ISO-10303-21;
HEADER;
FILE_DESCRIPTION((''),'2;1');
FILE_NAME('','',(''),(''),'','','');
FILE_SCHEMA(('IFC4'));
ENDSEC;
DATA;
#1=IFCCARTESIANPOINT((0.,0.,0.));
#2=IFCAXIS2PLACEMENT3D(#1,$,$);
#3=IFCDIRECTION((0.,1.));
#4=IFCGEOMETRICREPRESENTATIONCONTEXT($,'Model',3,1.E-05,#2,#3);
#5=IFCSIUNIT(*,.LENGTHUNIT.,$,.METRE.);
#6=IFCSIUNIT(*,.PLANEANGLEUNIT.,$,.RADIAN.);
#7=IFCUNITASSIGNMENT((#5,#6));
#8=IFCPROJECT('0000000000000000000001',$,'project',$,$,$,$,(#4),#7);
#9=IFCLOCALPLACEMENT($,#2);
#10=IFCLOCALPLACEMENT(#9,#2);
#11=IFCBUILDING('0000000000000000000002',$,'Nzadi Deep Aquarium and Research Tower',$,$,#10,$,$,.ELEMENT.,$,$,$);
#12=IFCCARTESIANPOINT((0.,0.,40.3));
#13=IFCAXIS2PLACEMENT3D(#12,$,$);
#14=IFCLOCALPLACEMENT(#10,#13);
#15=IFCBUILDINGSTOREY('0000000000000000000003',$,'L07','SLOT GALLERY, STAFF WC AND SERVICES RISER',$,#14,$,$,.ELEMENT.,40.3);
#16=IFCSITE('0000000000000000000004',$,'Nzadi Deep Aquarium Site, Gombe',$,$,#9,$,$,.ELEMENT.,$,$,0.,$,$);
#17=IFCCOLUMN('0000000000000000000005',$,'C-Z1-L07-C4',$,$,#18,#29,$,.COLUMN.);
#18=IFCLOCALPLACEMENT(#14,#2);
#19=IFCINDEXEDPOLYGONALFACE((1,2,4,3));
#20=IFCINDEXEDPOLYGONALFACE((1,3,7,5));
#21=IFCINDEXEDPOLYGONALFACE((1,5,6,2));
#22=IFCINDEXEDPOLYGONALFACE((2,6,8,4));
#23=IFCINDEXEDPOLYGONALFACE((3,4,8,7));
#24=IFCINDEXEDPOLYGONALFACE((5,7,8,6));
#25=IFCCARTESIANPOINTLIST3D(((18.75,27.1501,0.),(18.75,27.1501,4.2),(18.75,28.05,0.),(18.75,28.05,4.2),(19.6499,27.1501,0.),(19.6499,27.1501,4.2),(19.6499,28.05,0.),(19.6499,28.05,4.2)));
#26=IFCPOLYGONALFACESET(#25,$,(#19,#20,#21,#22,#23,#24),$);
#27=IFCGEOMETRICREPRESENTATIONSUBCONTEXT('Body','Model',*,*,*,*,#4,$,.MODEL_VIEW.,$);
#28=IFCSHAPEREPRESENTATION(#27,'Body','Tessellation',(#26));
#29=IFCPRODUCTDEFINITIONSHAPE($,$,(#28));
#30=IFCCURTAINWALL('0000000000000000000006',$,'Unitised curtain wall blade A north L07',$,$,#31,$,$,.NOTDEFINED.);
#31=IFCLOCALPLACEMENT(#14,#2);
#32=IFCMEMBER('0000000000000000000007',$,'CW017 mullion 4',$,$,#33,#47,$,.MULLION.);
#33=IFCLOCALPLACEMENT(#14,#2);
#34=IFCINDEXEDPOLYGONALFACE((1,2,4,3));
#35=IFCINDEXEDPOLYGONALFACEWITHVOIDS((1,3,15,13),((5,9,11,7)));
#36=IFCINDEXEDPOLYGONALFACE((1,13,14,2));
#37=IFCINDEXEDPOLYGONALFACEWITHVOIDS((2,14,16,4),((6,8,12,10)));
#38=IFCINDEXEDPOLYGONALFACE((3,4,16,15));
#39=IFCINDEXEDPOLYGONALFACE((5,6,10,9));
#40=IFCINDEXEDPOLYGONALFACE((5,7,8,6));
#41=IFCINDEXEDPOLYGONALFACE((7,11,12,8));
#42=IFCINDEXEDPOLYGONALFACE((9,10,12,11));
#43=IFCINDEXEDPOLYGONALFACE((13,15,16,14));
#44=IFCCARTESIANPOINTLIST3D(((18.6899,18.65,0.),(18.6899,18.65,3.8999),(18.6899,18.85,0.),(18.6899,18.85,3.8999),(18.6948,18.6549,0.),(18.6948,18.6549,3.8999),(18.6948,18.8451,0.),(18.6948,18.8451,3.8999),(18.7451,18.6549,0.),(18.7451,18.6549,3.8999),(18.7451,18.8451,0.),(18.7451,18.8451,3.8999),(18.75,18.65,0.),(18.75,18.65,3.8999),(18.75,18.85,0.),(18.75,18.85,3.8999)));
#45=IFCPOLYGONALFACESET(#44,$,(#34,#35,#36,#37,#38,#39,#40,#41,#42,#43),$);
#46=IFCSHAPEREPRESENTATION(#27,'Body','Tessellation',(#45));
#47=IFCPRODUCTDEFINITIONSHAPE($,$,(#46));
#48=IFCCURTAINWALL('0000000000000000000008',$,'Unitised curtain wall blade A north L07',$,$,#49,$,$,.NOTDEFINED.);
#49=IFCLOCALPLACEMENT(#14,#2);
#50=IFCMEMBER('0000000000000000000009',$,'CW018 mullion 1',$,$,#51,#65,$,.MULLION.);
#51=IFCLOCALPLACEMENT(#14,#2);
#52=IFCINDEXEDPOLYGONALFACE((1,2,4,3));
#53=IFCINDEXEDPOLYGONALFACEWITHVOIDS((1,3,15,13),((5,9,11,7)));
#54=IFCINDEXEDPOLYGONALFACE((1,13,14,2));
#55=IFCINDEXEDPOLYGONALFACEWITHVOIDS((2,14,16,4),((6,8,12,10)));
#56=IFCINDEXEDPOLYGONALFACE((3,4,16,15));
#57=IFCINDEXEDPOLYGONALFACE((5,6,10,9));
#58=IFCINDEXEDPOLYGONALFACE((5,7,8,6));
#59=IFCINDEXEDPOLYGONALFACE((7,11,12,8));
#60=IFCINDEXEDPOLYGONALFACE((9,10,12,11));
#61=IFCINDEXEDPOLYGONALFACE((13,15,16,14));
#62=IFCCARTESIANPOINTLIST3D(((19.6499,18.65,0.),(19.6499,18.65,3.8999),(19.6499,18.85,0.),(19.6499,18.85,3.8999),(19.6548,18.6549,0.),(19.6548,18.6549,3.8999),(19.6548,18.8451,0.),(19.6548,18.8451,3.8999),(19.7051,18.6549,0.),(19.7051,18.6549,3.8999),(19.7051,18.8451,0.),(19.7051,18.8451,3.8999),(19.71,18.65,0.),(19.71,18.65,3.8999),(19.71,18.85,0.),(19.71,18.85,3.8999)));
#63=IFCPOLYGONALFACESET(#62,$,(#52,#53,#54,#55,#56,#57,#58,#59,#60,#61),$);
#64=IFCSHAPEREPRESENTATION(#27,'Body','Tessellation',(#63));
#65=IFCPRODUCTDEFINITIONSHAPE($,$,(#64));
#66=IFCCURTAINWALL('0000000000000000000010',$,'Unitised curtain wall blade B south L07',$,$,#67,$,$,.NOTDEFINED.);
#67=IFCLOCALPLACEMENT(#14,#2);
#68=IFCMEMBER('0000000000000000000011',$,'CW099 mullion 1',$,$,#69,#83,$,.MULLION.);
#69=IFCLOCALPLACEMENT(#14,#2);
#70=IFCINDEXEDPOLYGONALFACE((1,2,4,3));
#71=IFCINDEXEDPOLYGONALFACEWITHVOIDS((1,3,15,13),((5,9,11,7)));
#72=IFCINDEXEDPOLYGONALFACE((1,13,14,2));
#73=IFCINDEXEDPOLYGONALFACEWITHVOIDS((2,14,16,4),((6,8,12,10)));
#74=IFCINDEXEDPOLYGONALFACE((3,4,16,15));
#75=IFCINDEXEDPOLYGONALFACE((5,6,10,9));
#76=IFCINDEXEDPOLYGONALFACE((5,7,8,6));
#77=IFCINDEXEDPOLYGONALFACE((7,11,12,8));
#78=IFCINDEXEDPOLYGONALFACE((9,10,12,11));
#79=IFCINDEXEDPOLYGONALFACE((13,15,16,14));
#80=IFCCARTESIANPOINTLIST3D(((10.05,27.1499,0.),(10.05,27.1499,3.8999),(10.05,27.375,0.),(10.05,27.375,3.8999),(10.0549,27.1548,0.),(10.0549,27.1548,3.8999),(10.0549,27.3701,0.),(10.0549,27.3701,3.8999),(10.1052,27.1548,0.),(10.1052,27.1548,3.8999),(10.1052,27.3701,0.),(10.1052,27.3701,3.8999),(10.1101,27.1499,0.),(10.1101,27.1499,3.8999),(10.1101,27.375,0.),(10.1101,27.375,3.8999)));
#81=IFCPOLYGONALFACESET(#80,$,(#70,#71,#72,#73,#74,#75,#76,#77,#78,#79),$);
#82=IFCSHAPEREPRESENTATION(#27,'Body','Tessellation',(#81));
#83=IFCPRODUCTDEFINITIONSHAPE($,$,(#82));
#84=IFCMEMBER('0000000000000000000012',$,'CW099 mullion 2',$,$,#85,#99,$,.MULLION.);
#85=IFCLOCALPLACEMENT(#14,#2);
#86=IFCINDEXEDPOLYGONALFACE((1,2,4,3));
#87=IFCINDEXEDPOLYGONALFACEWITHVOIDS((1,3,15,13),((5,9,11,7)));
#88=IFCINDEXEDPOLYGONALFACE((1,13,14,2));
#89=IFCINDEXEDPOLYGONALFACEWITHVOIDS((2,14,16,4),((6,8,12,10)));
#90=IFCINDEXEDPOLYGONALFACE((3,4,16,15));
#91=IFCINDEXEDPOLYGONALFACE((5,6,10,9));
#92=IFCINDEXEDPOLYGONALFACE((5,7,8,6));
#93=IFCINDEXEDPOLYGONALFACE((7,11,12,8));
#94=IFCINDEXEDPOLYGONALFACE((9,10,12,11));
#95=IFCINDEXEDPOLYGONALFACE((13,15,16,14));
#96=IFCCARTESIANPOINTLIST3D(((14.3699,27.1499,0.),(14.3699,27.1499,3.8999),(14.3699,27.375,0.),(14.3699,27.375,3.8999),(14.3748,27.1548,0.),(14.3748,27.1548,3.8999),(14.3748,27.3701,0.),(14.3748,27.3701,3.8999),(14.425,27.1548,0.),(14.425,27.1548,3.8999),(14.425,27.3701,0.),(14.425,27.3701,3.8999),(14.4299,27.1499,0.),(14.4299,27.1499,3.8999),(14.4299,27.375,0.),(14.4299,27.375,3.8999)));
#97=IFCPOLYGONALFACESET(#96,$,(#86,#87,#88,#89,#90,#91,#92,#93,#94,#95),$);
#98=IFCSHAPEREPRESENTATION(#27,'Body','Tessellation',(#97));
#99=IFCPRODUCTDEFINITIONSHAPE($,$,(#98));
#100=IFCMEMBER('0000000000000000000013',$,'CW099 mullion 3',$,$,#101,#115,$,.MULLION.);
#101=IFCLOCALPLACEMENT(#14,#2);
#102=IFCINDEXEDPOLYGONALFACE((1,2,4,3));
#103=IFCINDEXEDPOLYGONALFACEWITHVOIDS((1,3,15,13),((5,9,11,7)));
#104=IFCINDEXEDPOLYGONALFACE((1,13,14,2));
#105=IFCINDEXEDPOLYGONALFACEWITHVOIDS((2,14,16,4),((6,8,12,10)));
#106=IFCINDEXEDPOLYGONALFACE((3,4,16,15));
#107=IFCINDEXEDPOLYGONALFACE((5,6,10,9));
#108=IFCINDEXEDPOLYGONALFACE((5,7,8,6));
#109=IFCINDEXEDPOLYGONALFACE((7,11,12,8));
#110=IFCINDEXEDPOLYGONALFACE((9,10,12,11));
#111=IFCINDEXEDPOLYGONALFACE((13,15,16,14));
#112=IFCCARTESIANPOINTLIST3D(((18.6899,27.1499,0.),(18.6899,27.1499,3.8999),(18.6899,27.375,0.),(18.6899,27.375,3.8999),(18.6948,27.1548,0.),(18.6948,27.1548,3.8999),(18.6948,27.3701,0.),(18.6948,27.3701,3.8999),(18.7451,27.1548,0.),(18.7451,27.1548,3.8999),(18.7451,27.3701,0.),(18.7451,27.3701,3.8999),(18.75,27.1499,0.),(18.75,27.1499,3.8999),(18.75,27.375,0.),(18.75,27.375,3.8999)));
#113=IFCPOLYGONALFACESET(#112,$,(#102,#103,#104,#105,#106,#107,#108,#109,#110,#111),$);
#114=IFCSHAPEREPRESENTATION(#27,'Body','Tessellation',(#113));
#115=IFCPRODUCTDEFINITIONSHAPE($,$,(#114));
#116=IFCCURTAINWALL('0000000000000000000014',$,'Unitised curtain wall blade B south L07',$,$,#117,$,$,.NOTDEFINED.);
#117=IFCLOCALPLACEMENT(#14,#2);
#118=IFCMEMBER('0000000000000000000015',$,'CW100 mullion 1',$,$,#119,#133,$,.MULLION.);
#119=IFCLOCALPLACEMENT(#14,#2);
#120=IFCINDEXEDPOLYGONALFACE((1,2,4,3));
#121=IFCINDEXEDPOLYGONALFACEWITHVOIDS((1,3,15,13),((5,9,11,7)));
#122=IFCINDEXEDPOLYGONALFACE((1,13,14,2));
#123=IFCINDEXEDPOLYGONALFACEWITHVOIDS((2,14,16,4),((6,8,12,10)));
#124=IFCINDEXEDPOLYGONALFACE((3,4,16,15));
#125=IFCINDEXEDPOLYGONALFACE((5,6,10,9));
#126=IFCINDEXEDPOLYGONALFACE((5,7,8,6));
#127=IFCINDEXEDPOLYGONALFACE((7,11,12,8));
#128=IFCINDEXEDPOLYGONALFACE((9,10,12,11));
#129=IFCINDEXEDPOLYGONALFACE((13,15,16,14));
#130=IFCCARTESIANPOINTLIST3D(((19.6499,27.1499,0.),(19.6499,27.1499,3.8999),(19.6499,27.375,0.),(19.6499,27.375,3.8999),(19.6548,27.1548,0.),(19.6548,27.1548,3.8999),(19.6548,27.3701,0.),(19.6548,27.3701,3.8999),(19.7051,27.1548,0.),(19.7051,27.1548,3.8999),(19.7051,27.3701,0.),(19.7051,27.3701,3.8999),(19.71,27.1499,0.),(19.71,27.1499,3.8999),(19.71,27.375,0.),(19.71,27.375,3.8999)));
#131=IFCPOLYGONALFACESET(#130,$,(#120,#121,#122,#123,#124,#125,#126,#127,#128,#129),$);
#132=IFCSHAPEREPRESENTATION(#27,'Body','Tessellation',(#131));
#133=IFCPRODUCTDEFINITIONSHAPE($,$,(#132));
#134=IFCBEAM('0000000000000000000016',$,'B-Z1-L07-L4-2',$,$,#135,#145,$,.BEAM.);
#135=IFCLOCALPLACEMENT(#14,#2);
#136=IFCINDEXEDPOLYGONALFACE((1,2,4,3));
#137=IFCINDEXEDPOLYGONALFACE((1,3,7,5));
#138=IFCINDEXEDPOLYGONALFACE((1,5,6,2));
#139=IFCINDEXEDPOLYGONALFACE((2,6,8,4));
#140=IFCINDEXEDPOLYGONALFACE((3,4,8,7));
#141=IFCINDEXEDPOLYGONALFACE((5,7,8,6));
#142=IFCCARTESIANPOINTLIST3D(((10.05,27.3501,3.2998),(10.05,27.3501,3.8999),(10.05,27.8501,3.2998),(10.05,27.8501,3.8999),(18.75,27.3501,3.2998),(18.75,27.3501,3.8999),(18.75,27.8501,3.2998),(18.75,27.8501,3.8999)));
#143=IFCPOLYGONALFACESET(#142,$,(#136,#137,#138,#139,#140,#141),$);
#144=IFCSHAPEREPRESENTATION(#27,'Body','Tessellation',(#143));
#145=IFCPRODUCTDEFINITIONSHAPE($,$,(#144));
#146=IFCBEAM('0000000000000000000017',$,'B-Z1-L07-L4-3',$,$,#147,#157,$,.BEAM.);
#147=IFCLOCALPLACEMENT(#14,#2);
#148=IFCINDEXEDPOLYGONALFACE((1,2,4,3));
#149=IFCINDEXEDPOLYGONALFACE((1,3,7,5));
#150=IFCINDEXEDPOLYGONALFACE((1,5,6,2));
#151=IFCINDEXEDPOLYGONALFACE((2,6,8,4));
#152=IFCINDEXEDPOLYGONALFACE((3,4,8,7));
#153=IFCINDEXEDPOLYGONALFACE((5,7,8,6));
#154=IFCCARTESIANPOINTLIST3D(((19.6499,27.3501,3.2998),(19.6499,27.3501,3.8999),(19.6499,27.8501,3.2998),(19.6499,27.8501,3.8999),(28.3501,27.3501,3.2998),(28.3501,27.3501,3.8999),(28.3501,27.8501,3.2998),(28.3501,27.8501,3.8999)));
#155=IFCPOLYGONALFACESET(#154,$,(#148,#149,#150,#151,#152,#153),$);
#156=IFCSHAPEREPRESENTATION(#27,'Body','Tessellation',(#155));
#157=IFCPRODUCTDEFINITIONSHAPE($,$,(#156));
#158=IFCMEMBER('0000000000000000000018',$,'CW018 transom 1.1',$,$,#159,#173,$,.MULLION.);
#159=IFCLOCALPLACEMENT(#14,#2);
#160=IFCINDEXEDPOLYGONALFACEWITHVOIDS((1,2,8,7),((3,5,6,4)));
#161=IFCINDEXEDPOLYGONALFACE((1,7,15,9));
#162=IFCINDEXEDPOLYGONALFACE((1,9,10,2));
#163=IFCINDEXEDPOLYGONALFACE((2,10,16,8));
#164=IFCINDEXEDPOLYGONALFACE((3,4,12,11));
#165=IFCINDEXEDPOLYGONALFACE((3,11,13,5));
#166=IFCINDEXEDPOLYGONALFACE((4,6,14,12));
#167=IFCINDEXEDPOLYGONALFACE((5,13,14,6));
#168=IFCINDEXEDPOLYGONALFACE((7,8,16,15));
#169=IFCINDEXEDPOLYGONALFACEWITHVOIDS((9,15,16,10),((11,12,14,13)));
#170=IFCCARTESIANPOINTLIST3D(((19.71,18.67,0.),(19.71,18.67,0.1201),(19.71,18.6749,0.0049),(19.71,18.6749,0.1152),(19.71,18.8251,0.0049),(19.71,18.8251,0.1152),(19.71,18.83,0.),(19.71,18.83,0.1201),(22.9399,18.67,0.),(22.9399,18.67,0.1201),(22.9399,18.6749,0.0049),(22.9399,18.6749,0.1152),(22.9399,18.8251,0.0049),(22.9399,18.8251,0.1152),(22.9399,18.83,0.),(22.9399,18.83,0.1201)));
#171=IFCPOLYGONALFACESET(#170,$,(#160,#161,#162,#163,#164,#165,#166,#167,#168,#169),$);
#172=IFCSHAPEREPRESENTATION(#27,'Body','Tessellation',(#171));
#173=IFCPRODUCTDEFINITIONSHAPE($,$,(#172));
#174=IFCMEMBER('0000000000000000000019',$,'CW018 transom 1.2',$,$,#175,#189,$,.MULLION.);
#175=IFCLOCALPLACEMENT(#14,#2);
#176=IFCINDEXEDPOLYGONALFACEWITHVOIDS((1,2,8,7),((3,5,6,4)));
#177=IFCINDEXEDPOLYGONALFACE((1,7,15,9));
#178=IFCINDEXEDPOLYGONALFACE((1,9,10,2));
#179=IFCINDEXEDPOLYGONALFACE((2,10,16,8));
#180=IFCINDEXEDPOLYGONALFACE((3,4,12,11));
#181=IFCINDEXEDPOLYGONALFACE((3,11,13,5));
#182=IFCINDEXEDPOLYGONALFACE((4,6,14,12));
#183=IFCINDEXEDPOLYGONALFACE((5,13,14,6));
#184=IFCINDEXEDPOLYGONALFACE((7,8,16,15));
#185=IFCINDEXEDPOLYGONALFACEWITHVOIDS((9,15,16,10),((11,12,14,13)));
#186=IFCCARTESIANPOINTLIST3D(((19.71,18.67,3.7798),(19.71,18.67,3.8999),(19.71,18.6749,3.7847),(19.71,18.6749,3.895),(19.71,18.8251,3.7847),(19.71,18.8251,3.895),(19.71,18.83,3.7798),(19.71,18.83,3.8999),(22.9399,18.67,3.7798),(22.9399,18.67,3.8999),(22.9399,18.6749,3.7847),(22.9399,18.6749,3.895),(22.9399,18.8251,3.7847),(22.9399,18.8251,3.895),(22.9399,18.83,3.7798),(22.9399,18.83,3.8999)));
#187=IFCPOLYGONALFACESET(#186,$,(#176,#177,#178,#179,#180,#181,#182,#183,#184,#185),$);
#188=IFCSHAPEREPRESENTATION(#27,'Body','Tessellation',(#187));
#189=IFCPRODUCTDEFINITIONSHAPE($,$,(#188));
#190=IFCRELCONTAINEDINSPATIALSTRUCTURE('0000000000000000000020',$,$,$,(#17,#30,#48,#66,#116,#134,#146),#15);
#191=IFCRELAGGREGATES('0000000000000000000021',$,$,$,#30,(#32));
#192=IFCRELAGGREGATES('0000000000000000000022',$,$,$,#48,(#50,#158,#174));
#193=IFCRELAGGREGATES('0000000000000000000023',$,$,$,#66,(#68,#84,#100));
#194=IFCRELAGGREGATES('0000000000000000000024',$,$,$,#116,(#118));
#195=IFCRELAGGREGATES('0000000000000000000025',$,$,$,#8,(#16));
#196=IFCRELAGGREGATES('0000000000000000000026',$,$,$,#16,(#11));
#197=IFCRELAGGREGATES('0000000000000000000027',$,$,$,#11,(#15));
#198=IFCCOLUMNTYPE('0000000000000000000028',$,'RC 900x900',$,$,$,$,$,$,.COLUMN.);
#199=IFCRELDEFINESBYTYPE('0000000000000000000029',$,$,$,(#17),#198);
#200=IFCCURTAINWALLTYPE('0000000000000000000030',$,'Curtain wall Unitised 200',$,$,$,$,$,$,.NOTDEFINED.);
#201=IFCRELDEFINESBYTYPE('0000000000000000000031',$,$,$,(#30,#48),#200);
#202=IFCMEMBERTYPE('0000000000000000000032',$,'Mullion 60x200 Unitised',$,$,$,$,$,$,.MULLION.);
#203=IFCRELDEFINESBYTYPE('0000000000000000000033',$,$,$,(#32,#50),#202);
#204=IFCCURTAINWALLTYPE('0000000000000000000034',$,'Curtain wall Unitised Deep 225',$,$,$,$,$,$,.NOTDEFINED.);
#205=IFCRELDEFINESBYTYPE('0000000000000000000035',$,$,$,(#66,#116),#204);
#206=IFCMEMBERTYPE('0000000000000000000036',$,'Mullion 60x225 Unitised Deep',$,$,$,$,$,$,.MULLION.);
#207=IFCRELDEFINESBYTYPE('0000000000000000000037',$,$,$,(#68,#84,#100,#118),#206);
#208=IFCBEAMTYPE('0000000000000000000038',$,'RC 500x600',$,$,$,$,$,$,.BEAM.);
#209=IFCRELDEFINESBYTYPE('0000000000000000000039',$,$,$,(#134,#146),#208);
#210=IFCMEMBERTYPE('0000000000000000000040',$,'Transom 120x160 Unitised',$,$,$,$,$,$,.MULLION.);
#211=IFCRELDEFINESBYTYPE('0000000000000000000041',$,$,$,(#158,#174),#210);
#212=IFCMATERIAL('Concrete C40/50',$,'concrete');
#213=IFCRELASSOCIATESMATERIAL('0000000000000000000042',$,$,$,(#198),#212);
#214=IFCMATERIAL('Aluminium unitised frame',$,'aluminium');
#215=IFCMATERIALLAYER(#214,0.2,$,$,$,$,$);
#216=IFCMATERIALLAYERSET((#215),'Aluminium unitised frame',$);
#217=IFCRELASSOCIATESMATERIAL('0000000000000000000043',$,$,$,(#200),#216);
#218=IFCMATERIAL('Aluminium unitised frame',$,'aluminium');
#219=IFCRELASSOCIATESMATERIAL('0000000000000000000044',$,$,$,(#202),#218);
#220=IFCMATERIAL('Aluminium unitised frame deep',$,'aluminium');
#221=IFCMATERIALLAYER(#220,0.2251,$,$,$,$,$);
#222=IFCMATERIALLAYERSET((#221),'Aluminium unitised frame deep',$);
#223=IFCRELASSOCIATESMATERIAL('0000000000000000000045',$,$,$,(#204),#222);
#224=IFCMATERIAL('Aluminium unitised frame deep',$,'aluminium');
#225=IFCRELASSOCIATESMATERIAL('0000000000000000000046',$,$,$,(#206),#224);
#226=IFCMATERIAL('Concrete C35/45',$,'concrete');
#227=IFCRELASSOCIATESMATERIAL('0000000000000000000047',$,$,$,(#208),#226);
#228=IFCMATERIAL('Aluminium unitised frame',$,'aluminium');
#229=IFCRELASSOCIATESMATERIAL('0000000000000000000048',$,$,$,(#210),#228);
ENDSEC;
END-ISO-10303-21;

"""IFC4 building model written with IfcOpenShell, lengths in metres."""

from ifc_helpers import new_model, si_unit, direction, frame, origin, origin_2d, place, context, subcontext, project, spatial, rectangle, hollow_rectangle, extrude, material, layer, layer_set, material_profile, profile_set, type_object, element, aggregate, save


model = new_model("IFC4")

# Units and contexts
model_context = context("Model", 3, precision=1e-05, world=origin(), true_north=direction((0.0, 1.0)))
body_context = subcontext(model_context, "Body", "Model", "MODEL_VIEW")
ifc_project = project(units=[si_unit("LENGTHUNIT", "METRE"), si_unit("PLANEANGLEUNIT", "RADIAN")], contexts=[model_context])

# Site, building, storey
site_placement = place(None, origin())
site = spatial("IfcSite", under=ifc_project, at=site_placement, Name="Nzadi Deep Aquarium Site, Gombe", CompositionType="ELEMENT", RefElevation=0.0)
building_placement = place(site_placement, origin())
building = spatial("IfcBuilding", under=site, at=building_placement, Name="Nzadi Deep Aquarium and Research Tower", CompositionType="ELEMENT")
storey_placement = place(building_placement, frame((0.0, 0.0, 40.3)))
storey = spatial("IfcBuildingStorey", under=building, at=storey_placement, Name="L07", Description="SLOT GALLERY, STAFF WC AND SERVICES RISER", CompositionType="ELEMENT", Elevation=40.3)

# Column
ifc_material_1 = material(Name="Concrete C40/50", Category="concrete")
ifc_material_profile_1 = material_profile(ifc_material_1, rectangle(XDim=0.8999, YDim=0.8999, at=origin_2d()))
ifc_profile_set_1 = profile_set([ifc_material_profile_1], Name="Concrete C40/50")
column_type = type_object("IfcColumnType", Name="RC 900x900", PredefinedType="COLUMN", material=ifc_profile_set_1)
column_placement = place(storey_placement, frame((19.2, 27.6001, 0.0), z_axis=(0.0, 0.0, 1.0), x_axis=(1.0, 0.0, 0.0)))
element("IfcColumn", 1, at=column_placement, inside=storey, type_object=column_type, Name="C-Z1-L07-C4", PredefinedType="COLUMN", context=body_context, shape_type="SweptSolid", body=[
    extrude(rectangle(XDim=0.8999, YDim=0.8999, at=origin_2d()), origin(), (0.0, 0.0, 1.0), 4.2),
])

# Curtain walls, members
ifc_material_2 = material(Name="Aluminium unitised frame", Category="aluminium")
ifc_layer_1 = layer(ifc_material_2, 0.2)
ifc_layer_set_1 = layer_set([ifc_layer_1], Name="Aluminium unitised frame")
curtain_wall_type_1 = type_object("IfcCurtainWallType", Name="Curtain wall Unitised 200", PredefinedType="NOTDEFINED", material=ifc_layer_set_1)
curtain_wall_1_placement = place(storey_placement, origin())
curtain_wall_1 = element("IfcCurtainWall", 2, at=curtain_wall_1_placement, inside=storey, type_object=curtain_wall_type_1, Name="Unitised curtain wall blade A north L07", PredefinedType="NOTDEFINED")
ifc_material_3 = material(Name="Aluminium unitised frame", Category="aluminium")
ifc_material_profile_2 = material_profile(ifc_material_3, hollow_rectangle(XDim=0.2, YDim=0.0601, WallThickness=0.0049, at=origin_2d()))
ifc_profile_set_2 = profile_set([ifc_material_profile_2], Name="Aluminium unitised frame")
member_type_1 = type_object("IfcMemberType", Name="Mullion 60x200 Unitised", PredefinedType="MULLION", material=ifc_profile_set_2)
member_1_placement = place(storey_placement, frame((18.72, 18.75, 0.0), z_axis=(0.0, 0.0, 1.0), x_axis=(0.0, 1.0, 0.0)))
member_1 = element("IfcMember", 3, at=member_1_placement, type_object=member_type_1, Name="CW017 mullion 4", PredefinedType="MULLION", context=body_context, shape_type="SweptSolid", body=[
    extrude(hollow_rectangle(XDim=0.2, YDim=0.0601, WallThickness=0.0049, at=origin_2d()), origin(), (0.0, 0.0, 1.0), 3.8999),
])
curtain_wall_2_placement = place(storey_placement, origin())
curtain_wall_2 = element("IfcCurtainWall", 4, at=curtain_wall_2_placement, inside=storey, type_object=curtain_wall_type_1, Name="Unitised curtain wall blade A north L07", PredefinedType="NOTDEFINED")
member_2_placement = place(storey_placement, frame((19.6799, 18.75, 0.0), z_axis=(0.0, 0.0, 1.0), x_axis=(0.0, 1.0, 0.0)))
member_2 = element("IfcMember", 5, at=member_2_placement, type_object=member_type_1, Name="CW018 mullion 1", PredefinedType="MULLION", context=body_context, shape_type="SweptSolid", body=[
    extrude(hollow_rectangle(XDim=0.2, YDim=0.0601, WallThickness=0.0049, at=origin_2d()), origin(), (0.0, 0.0, 1.0), 3.8999),
])

# Curtain wall, members
ifc_material_4 = material(Name="Aluminium unitised frame deep", Category="aluminium")
ifc_layer_2 = layer(ifc_material_4, 0.2251)
ifc_layer_set_2 = layer_set([ifc_layer_2], Name="Aluminium unitised frame deep")
curtain_wall_type_2 = type_object("IfcCurtainWallType", Name="Curtain wall Unitised Deep 225", PredefinedType="NOTDEFINED", material=ifc_layer_set_2)
curtain_wall_3_placement = place(storey_placement, origin())
curtain_wall_3 = element("IfcCurtainWall", 6, at=curtain_wall_3_placement, inside=storey, type_object=curtain_wall_type_2, Name="Unitised curtain wall blade B south L07", PredefinedType="NOTDEFINED")
ifc_material_5 = material(Name="Aluminium unitised frame deep", Category="aluminium")
ifc_material_profile_3 = material_profile(ifc_material_5, hollow_rectangle(XDim=0.2251, YDim=0.0601, WallThickness=0.0049, at=origin_2d()))
ifc_profile_set_3 = profile_set([ifc_material_profile_3], Name="Aluminium unitised frame deep")
member_type_2 = type_object("IfcMemberType", Name="Mullion 60x225 Unitised Deep", PredefinedType="MULLION", material=ifc_profile_set_3)
member_3_placement = place(storey_placement, frame((10.0801, 27.2625, 0.0), z_axis=(0.0, 0.0, 1.0), x_axis=(0.0, 1.0, 0.0)))
member_3 = element("IfcMember", 7, at=member_3_placement, type_object=member_type_2, Name="CW099 mullion 1", PredefinedType="MULLION", context=body_context, shape_type="SweptSolid", body=[
    extrude(hollow_rectangle(XDim=0.2251, YDim=0.0601, WallThickness=0.0049, at=origin_2d()), origin(), (0.0, 0.0, 1.0), 3.8999),
])
member_4_placement = place(storey_placement, frame((14.3999, 27.2625, 0.0), z_axis=(0.0, 0.0, 1.0), x_axis=(0.0, 1.0, 0.0)))
member_4 = element("IfcMember", 8, at=member_4_placement, type_object=member_type_2, Name="CW099 mullion 2", PredefinedType="MULLION", context=body_context, shape_type="SweptSolid", body=[
    extrude(hollow_rectangle(XDim=0.2251, YDim=0.0601, WallThickness=0.0049, at=origin_2d()), origin(), (0.0, 0.0, 1.0), 3.8999),
])
member_5_placement = place(storey_placement, frame((18.72, 27.2625, 0.0), z_axis=(0.0, 0.0, 1.0), x_axis=(0.0, 1.0, 0.0)))
member_5 = element("IfcMember", 9, at=member_5_placement, type_object=member_type_2, Name="CW099 mullion 3", PredefinedType="MULLION", context=body_context, shape_type="SweptSolid", body=[
    extrude(hollow_rectangle(XDim=0.2251, YDim=0.0601, WallThickness=0.0049, at=origin_2d()), origin(), (0.0, 0.0, 1.0), 3.8999),
])

# Curtain wall, member
curtain_wall_4_placement = place(storey_placement, origin())
curtain_wall_4 = element("IfcCurtainWall", 10, at=curtain_wall_4_placement, inside=storey, type_object=curtain_wall_type_2, Name="Unitised curtain wall blade B south L07", PredefinedType="NOTDEFINED")
member_6_placement = place(storey_placement, frame((19.6799, 27.2625, 0.0), z_axis=(0.0, 0.0, 1.0), x_axis=(0.0, 1.0, 0.0)))
member_6 = element("IfcMember", 11, at=member_6_placement, type_object=member_type_2, Name="CW100 mullion 1", PredefinedType="MULLION", context=body_context, shape_type="SweptSolid", body=[
    extrude(hollow_rectangle(XDim=0.2251, YDim=0.0601, WallThickness=0.0049, at=origin_2d()), origin(), (0.0, 0.0, 1.0), 3.8999),
])

# Beams
ifc_material_6 = material(Name="Concrete C35/45", Category="concrete")
ifc_material_profile_4 = material_profile(ifc_material_6, rectangle(XDim=0.5, YDim=0.6001, at=origin_2d()))
ifc_profile_set_4 = profile_set([ifc_material_profile_4], Name="Concrete C35/45")
beam_type = type_object("IfcBeamType", Name="RC 500x600", PredefinedType="BEAM", material=ifc_profile_set_4)
beam_1_placement = place(storey_placement, frame((10.05, 27.6001, 3.5999), z_axis=(1.0, 0.0, 0.0), x_axis=(0.0, 1.0, 0.0)))
element("IfcBeam", 12, at=beam_1_placement, inside=storey, type_object=beam_type, Name="B-Z1-L07-L4-2", PredefinedType="BEAM", context=body_context, shape_type="SweptSolid", body=[
    extrude(rectangle(XDim=0.5, YDim=0.6001, at=origin_2d()), origin(), (0.0, 0.0, 1.0), 8.7),
])
beam_2_placement = place(storey_placement, frame((19.6499, 27.6001, 3.5999), z_axis=(1.0, 0.0, 0.0), x_axis=(0.0, 1.0, 0.0)))
element("IfcBeam", 13, at=beam_2_placement, inside=storey, type_object=beam_type, Name="B-Z1-L07-L4-3", PredefinedType="BEAM", context=body_context, shape_type="SweptSolid", body=[
    extrude(rectangle(XDim=0.5, YDim=0.6001, at=origin_2d()), origin(), (0.0, 0.0, 1.0), 8.7002),
])

# Members
ifc_material_7 = material(Name="Aluminium unitised frame", Category="aluminium")
ifc_material_profile_5 = material_profile(ifc_material_7, hollow_rectangle(XDim=0.1599, YDim=0.1201, WallThickness=0.0049, at=origin_2d()))
ifc_profile_set_5 = profile_set([ifc_material_profile_5], Name="Aluminium unitised frame")
member_type_3 = type_object("IfcMemberType", Name="Transom 120x160 Unitised", PredefinedType="MULLION", material=ifc_profile_set_5)
member_7_placement = place(storey_placement, frame((19.71, 18.75, 0.0601), z_axis=(1.0, 0.0, 0.0), x_axis=(0.0, 1.0, 0.0)))
member_7 = element("IfcMember", 14, at=member_7_placement, type_object=member_type_3, Name="CW018 transom 1.1", PredefinedType="MULLION", context=body_context, shape_type="SweptSolid", body=[
    extrude(hollow_rectangle(XDim=0.1599, YDim=0.1201, WallThickness=0.0049, at=origin_2d()), origin(), (0.0, 0.0, 1.0), 3.23),
])
member_8_placement = place(storey_placement, frame((19.71, 18.75, 3.8398), z_axis=(1.0, 0.0, 0.0), x_axis=(0.0, 1.0, 0.0)))
member_8 = element("IfcMember", 15, at=member_8_placement, type_object=member_type_3, Name="CW018 transom 1.2", PredefinedType="MULLION", context=body_context, shape_type="SweptSolid", body=[
    extrude(hollow_rectangle(XDim=0.1599, YDim=0.1201, WallThickness=0.0049, at=origin_2d()), origin(), (0.0, 0.0, 1.0), 3.23),
])

aggregate(curtain_wall_1, [member_1])
aggregate(curtain_wall_2, [member_2, member_7, member_8])
aggregate(curtain_wall_3, [member_3, member_4, member_5])
aggregate(curtain_wall_4, [member_6])

save(model, "model.ifc")
